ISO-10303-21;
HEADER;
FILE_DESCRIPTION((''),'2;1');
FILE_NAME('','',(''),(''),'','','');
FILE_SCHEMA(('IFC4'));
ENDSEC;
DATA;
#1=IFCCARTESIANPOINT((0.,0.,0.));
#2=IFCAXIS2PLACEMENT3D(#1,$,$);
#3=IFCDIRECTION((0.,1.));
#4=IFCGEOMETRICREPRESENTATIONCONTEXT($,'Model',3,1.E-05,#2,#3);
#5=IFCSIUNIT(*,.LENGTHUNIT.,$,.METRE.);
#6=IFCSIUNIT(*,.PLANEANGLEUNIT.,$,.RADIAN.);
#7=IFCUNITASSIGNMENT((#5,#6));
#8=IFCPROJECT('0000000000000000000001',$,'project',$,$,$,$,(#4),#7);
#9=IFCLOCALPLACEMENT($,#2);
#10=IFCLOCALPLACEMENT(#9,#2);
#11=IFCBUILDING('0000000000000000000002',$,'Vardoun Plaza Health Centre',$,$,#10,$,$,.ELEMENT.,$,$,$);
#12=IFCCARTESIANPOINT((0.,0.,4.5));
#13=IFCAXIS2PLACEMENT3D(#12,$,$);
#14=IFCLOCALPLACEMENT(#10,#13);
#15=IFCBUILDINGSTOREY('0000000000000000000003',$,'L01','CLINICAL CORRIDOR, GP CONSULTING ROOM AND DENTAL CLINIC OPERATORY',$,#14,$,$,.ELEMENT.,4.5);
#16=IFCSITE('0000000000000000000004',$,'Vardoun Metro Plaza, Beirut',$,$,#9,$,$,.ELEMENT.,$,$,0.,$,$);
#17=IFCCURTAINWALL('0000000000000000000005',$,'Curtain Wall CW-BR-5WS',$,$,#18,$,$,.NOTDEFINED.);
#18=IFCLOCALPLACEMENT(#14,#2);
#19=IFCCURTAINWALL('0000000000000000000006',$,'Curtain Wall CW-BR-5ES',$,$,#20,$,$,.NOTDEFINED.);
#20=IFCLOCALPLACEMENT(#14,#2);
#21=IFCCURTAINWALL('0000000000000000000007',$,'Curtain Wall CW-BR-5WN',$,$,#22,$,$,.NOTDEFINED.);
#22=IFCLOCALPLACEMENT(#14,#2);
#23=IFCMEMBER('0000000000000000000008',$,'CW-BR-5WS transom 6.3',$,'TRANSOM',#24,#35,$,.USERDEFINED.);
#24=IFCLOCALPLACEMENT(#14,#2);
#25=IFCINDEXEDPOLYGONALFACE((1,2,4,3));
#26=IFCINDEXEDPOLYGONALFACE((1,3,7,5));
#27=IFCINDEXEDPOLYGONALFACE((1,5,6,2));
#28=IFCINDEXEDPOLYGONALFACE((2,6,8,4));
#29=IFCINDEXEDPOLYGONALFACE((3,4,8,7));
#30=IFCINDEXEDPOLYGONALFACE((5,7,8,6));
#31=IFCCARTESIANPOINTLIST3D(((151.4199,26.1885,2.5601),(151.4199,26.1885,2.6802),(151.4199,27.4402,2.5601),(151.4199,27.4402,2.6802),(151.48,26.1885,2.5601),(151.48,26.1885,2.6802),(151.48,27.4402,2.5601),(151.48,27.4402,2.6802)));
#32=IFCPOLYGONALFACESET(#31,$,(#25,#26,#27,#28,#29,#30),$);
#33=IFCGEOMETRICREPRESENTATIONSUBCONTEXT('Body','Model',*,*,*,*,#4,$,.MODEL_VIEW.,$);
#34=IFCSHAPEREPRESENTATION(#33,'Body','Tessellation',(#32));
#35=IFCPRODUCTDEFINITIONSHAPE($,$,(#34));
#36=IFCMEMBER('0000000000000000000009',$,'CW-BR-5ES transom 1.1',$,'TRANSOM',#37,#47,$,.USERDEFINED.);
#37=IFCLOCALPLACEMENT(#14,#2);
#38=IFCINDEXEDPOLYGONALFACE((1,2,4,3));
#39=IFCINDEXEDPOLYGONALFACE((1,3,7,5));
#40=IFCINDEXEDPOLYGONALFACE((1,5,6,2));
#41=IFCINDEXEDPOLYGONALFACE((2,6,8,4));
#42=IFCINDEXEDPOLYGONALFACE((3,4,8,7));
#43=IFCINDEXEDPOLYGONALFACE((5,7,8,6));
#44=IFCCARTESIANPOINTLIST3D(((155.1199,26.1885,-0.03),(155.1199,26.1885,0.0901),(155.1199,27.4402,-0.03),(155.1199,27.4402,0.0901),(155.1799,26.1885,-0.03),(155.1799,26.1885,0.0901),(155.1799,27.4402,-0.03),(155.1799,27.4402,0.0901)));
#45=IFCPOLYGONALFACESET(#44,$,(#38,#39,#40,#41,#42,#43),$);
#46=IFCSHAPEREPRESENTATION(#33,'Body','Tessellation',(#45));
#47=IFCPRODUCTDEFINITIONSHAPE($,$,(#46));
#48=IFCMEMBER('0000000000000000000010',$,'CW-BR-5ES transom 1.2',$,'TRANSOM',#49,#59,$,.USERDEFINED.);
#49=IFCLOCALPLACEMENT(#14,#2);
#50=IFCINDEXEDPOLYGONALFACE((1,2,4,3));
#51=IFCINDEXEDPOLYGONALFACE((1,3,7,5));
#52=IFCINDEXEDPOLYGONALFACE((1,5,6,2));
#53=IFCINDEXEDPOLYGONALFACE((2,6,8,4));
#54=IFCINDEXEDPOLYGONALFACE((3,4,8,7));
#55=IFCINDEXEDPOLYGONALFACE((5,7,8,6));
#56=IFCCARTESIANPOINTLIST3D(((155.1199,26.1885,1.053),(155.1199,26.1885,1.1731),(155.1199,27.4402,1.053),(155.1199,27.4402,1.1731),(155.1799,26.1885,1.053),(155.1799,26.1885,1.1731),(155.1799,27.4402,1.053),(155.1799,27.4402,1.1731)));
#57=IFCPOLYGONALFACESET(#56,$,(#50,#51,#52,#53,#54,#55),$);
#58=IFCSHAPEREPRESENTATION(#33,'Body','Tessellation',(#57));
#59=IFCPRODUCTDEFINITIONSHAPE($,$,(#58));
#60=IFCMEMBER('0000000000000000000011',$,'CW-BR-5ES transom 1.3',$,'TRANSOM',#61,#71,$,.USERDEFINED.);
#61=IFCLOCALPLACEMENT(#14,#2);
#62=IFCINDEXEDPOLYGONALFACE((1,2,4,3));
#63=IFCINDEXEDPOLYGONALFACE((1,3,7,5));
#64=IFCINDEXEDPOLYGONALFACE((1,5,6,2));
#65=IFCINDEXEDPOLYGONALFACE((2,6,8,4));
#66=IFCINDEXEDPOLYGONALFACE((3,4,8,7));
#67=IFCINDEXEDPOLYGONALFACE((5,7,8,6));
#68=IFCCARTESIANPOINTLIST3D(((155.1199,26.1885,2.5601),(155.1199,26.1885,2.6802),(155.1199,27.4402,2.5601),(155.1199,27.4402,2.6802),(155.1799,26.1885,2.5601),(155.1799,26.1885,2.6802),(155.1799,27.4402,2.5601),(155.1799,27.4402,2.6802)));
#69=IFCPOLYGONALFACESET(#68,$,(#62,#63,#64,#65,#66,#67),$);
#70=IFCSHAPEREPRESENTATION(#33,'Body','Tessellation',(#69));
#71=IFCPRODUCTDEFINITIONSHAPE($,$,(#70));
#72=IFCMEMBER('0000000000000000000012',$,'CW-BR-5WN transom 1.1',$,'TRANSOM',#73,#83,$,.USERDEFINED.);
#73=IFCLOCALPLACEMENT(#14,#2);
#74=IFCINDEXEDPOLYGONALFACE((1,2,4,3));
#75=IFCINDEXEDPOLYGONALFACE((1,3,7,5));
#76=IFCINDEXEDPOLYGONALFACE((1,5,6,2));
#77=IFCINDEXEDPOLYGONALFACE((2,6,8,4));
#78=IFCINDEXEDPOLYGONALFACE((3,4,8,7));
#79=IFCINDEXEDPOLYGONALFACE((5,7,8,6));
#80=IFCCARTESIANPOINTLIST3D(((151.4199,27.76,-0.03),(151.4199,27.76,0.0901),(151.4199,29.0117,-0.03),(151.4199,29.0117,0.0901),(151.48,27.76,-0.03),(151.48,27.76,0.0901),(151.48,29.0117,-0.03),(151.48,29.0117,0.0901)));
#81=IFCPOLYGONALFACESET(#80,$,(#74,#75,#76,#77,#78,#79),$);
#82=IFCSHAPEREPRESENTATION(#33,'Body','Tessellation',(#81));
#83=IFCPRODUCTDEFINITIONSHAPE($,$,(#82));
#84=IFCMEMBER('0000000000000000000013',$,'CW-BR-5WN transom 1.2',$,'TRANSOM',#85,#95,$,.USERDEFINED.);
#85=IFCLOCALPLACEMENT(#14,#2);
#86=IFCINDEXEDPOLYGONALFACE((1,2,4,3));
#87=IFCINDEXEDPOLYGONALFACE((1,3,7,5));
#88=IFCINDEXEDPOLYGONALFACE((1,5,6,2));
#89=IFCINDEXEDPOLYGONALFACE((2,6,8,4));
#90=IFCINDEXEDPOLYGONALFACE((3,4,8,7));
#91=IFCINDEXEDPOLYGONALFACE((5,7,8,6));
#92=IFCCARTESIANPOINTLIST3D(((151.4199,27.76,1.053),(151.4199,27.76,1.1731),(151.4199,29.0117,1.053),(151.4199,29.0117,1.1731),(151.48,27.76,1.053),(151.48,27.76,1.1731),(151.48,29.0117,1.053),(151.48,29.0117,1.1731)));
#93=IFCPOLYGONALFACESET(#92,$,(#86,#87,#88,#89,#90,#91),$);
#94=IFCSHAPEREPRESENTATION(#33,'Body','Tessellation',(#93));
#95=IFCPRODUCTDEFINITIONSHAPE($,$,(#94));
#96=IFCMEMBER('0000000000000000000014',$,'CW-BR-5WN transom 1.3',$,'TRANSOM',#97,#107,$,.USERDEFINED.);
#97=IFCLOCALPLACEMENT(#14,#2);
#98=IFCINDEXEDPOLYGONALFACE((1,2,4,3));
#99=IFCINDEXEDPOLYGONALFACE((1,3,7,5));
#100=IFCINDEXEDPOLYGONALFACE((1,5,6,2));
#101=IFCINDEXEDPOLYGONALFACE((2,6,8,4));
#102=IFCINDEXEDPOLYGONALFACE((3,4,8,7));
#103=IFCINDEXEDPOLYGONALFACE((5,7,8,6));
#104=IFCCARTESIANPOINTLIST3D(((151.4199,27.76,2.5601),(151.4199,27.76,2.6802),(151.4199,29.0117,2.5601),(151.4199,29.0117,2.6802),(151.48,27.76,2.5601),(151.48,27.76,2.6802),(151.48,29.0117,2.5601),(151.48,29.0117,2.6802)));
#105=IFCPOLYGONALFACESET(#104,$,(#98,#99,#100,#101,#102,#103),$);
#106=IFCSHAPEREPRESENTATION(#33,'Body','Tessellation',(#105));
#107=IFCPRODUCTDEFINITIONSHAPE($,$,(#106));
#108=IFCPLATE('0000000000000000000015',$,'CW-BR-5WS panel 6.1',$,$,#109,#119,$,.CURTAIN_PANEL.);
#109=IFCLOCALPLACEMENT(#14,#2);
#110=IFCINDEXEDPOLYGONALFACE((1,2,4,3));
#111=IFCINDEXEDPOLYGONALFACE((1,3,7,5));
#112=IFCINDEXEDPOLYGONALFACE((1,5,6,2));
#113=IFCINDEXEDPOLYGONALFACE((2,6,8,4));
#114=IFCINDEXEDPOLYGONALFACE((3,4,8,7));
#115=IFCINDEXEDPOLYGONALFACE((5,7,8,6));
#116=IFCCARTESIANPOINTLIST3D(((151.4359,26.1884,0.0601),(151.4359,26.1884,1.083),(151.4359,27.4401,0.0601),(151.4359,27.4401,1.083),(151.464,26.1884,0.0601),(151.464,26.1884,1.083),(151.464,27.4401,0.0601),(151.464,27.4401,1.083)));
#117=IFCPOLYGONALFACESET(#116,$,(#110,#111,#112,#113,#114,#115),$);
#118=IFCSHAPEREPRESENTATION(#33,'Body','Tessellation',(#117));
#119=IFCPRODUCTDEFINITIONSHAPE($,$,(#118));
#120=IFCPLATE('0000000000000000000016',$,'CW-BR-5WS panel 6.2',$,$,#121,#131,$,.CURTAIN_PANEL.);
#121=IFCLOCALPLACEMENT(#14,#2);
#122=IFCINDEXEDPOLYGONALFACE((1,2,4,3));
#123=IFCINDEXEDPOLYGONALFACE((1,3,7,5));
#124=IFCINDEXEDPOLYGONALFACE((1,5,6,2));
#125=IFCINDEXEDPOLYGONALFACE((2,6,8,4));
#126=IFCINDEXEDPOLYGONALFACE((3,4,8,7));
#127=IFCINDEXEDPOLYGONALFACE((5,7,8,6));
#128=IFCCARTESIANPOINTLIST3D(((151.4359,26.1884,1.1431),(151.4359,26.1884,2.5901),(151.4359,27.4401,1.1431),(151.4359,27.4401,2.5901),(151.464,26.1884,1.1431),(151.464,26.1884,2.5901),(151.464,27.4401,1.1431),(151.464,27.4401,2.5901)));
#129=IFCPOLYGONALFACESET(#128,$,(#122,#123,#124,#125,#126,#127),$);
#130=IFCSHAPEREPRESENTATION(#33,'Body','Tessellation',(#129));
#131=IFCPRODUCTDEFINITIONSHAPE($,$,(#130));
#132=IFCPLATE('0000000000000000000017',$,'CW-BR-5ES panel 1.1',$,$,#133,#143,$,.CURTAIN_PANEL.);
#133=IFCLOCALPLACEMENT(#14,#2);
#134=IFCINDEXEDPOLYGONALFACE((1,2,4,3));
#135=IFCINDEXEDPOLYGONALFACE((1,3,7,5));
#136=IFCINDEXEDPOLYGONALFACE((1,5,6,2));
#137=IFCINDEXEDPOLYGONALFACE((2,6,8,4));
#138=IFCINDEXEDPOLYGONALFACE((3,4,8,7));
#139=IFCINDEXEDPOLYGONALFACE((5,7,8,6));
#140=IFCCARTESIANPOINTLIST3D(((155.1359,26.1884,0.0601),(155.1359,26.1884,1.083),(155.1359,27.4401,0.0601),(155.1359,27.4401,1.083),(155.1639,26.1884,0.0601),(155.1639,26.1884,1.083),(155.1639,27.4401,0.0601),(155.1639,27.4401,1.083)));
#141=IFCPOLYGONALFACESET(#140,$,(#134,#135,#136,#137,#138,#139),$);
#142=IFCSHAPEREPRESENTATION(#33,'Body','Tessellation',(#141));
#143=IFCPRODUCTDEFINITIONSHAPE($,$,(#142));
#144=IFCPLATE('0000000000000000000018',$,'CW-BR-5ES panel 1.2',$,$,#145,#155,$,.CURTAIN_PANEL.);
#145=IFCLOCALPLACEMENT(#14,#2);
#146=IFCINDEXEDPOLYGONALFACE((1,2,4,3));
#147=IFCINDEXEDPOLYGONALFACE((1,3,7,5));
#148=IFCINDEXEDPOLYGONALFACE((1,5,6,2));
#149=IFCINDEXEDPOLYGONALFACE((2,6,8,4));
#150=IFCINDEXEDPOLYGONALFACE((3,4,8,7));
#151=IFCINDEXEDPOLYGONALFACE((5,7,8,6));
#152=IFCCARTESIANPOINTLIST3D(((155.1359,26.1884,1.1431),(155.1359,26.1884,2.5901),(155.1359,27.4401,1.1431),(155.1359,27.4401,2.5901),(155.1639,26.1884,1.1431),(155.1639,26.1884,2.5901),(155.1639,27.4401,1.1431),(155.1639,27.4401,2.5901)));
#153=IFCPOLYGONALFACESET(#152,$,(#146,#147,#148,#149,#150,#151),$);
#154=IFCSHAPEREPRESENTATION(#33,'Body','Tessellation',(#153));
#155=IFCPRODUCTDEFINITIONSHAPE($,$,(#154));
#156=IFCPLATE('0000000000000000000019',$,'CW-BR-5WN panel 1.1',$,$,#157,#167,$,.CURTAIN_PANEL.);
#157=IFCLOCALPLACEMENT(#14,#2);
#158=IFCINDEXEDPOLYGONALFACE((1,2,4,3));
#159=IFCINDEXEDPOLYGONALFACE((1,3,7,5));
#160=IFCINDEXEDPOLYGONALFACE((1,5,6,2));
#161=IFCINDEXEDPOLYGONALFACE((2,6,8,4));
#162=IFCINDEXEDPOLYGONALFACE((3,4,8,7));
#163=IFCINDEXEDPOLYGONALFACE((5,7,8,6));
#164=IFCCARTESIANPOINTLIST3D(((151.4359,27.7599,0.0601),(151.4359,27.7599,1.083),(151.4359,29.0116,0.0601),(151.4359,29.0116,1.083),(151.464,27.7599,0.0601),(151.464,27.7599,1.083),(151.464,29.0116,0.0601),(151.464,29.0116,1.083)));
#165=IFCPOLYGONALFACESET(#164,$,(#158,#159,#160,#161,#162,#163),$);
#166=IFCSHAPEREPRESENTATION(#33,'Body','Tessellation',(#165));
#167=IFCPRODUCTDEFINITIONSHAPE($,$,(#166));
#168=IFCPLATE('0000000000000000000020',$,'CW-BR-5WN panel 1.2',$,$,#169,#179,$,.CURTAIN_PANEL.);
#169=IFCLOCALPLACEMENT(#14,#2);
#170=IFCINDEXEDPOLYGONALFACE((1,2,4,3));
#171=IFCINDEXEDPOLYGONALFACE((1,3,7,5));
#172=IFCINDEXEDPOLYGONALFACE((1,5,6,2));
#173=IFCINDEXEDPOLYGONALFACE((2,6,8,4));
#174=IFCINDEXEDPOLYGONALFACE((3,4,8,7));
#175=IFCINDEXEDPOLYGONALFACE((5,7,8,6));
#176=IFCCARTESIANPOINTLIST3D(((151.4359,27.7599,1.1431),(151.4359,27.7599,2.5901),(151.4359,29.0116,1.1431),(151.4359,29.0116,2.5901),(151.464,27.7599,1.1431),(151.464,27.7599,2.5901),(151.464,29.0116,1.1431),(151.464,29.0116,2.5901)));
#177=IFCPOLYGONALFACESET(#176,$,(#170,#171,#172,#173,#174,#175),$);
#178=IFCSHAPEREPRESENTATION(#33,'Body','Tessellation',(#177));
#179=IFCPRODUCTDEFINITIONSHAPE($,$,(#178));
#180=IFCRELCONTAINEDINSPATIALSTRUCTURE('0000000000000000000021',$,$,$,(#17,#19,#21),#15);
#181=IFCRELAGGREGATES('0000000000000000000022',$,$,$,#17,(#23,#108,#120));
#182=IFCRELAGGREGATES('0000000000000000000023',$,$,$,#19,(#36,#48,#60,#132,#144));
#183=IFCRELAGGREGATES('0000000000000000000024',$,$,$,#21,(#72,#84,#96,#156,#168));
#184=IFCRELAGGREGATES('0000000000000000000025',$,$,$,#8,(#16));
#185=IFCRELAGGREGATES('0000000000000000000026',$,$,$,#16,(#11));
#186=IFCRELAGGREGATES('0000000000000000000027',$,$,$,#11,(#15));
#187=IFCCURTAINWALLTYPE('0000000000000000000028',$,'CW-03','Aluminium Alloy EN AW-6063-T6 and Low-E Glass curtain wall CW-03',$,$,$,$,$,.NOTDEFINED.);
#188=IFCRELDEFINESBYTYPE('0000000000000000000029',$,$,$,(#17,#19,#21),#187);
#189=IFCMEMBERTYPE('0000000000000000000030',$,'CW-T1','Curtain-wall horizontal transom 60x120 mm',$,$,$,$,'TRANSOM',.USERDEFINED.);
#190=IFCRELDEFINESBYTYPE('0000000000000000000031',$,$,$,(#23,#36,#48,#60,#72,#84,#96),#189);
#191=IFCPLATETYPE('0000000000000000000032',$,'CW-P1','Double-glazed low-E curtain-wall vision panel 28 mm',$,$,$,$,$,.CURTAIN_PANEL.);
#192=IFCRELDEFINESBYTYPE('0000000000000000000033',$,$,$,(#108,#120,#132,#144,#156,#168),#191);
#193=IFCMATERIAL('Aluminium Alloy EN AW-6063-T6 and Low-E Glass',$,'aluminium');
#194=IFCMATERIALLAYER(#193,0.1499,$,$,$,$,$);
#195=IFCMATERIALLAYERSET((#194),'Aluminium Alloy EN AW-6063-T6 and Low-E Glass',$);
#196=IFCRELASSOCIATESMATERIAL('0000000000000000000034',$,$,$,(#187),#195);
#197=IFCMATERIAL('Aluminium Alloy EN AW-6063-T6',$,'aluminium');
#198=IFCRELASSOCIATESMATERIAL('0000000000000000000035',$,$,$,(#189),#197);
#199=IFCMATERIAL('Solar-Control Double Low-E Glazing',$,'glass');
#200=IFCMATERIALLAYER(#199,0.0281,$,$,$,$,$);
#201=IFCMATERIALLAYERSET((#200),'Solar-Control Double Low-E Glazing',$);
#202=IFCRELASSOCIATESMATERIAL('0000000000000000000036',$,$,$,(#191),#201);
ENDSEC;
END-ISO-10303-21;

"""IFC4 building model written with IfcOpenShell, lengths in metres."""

from ifc_helpers import new_model, si_unit, direction, frame, origin, origin_2d, place, context, subcontext, project, spatial, rectangle, extrude, material, layer, layer_set, material_profile, profile_set, type_object, element, aggregate, save


model = new_model("IFC4")

# Units and contexts
model_context = context("Model", 3, precision=1e-05, world=origin(), true_north=direction((0.0, 1.0)))
body_context = subcontext(model_context, "Body", "Model", "MODEL_VIEW")
ifc_project = project(units=[si_unit("LENGTHUNIT", "METRE"), si_unit("PLANEANGLEUNIT", "RADIAN")], contexts=[model_context])

# Site, building, storey
site_placement = place(None, origin())
site = spatial("IfcSite", under=ifc_project, at=site_placement, Name="Vardoun Metro Plaza, Beirut", CompositionType="ELEMENT", RefElevation=0.0)
building_placement = place(site_placement, origin())
building = spatial("IfcBuilding", under=site, at=building_placement, Name="Vardoun Plaza Health Centre", CompositionType="ELEMENT")
storey_placement = place(building_placement, frame((0.0, 0.0, 4.5)))
storey = spatial("IfcBuildingStorey", under=building, at=storey_placement, Name="L01", Description="CLINICAL CORRIDOR, GP CONSULTING ROOM AND DENTAL CLINIC OPERATORY", CompositionType="ELEMENT", Elevation=4.5)

# Curtain wall
ifc_material_1 = material(Name="Aluminium Alloy EN AW-6063-T6 and Low-E Glass", Category="aluminium")
ifc_layer_1 = layer(ifc_material_1, 0.1499)
ifc_layer_set_1 = layer_set([ifc_layer_1], Name="Aluminium Alloy EN AW-6063-T6 and Low-E Glass")
curtain_wall_type = type_object("IfcCurtainWallType", Name="CW-03", Description="Aluminium Alloy EN AW-6063-T6 and Low-E Glass curtain wall CW-03", PredefinedType="NOTDEFINED", material=ifc_layer_set_1)
curtain_wall_1_placement = place(storey_placement, origin())
curtain_wall_1 = element("IfcCurtainWall", 1, at=curtain_wall_1_placement, inside=storey, type_object=curtain_wall_type, Name="Curtain Wall CW-BR-5WS", PredefinedType="NOTDEFINED")

# Curtain wall
curtain_wall_2_placement = place(storey_placement, origin())
curtain_wall_2 = element("IfcCurtainWall", 2, at=curtain_wall_2_placement, inside=storey, type_object=curtain_wall_type, Name="Curtain Wall CW-BR-5ES", PredefinedType="NOTDEFINED")

# Curtain wall
curtain_wall_3_placement = place(storey_placement, origin())
curtain_wall_3 = element("IfcCurtainWall", 3, at=curtain_wall_3_placement, inside=storey, type_object=curtain_wall_type, Name="Curtain Wall CW-BR-5WN", PredefinedType="NOTDEFINED")

# Members
ifc_material_2 = material(Name="Aluminium Alloy EN AW-6063-T6", Category="aluminium")
ifc_material_profile_1 = material_profile(ifc_material_2, rectangle(XDim=0.0601, YDim=0.1201, at=origin_2d()), Name="CWT 60x120")
ifc_profile_set_1 = profile_set([ifc_material_profile_1], Name="Aluminium Alloy EN AW-6063-T6")
member_type_1 = type_object("IfcMemberType", Name="CW-T1", Description="Curtain-wall horizontal transom 60x120 mm", ElementType="TRANSOM", PredefinedType="USERDEFINED", material=ifc_profile_set_1)
member_1_placement = place(storey_placement, frame((151.45, 26.1885, 2.6201), z_axis=(0.0, 1.0, 0.0), x_axis=(-1.0, 0.0, 0.0)))
member_1 = element("IfcMember", 4, at=member_1_placement, type_object=member_type_1, Name="CW-BR-5WS transom 6.3", ObjectType="TRANSOM", PredefinedType="USERDEFINED", context=body_context, shape_type="SweptSolid", body=[
    extrude(rectangle(XDim=0.0601, YDim=0.1201, at=origin_2d()), origin(), (0.0, 0.0, 1.0), 1.2517),
])
member_2_placement = place(storey_placement, frame((155.1499, 27.4402, 0.03), z_axis=(0.0, -1.0, 0.0), x_axis=(1.0, 0.0, 0.0)))
member_2 = element("IfcMember", 5, at=member_2_placement, type_object=member_type_1, Name="CW-BR-5ES transom 1.1", ObjectType="TRANSOM", PredefinedType="USERDEFINED", context=body_context, shape_type="SweptSolid", body=[
    extrude(rectangle(XDim=0.0601, YDim=0.1201, at=origin_2d()), origin(), (0.0, 0.0, 1.0), 1.2517),
])
member_3_placement = place(storey_placement, frame((155.1499, 27.4402, 1.113), z_axis=(0.0, -1.0, 0.0), x_axis=(1.0, 0.0, 0.0)))
member_3 = element("IfcMember", 6, at=member_3_placement, type_object=member_type_1, Name="CW-BR-5ES transom 1.2", ObjectType="TRANSOM", PredefinedType="USERDEFINED", context=body_context, shape_type="SweptSolid", body=[
    extrude(rectangle(XDim=0.0601, YDim=0.1201, at=origin_2d()), origin(), (0.0, 0.0, 1.0), 1.2517),
])
member_4_placement = place(storey_placement, frame((155.1499, 27.4402, 2.6201), z_axis=(0.0, -1.0, 0.0), x_axis=(1.0, 0.0, 0.0)))
member_4 = element("IfcMember", 7, at=member_4_placement, type_object=member_type_1, Name="CW-BR-5ES transom 1.3", ObjectType="TRANSOM", PredefinedType="USERDEFINED", context=body_context, shape_type="SweptSolid", body=[
    extrude(rectangle(XDim=0.0601, YDim=0.1201, at=origin_2d()), origin(), (0.0, 0.0, 1.0), 1.2517),
])
member_5_placement = place(storey_placement, frame((151.45, 27.76, 0.03), z_axis=(0.0, 1.0, 0.0), x_axis=(-1.0, 0.0, 0.0)))
member_5 = element("IfcMember", 8, at=member_5_placement, type_object=member_type_1, Name="CW-BR-5WN transom 1.1", ObjectType="TRANSOM", PredefinedType="USERDEFINED", context=body_context, shape_type="SweptSolid", body=[
    extrude(rectangle(XDim=0.0601, YDim=0.1201, at=origin_2d()), origin(), (0.0, 0.0, 1.0), 1.2517),
])
member_6_placement = place(storey_placement, frame((151.45, 27.76, 1.113), z_axis=(0.0, 1.0, 0.0), x_axis=(-1.0, 0.0, 0.0)))
member_6 = element("IfcMember", 9, at=member_6_placement, type_object=member_type_1, Name="CW-BR-5WN transom 1.2", ObjectType="TRANSOM", PredefinedType="USERDEFINED", context=body_context, shape_type="SweptSolid", body=[
    extrude(rectangle(XDim=0.0601, YDim=0.1201, at=origin_2d()), origin(), (0.0, 0.0, 1.0), 1.2517),
])
member_7_placement = place(storey_placement, frame((151.45, 27.76, 2.6201), z_axis=(0.0, 1.0, 0.0), x_axis=(-1.0, 0.0, 0.0)))
member_7 = element("IfcMember", 10, at=member_7_placement, type_object=member_type_1, Name="CW-BR-5WN transom 1.3", ObjectType="TRANSOM", PredefinedType="USERDEFINED", context=body_context, shape_type="SweptSolid", body=[
    extrude(rectangle(XDim=0.0601, YDim=0.1201, at=origin_2d()), origin(), (0.0, 0.0, 1.0), 1.2517),
])

# Plates
ifc_material_3 = material(Name="Solar-Control Double Low-E Glazing", Category="glass")
ifc_layer_2 = layer(ifc_material_3, 0.0281)
ifc_layer_set_2 = layer_set([ifc_layer_2], Name="Solar-Control Double Low-E Glazing")
plate_type = type_object("IfcPlateType", Name="CW-P1", Description="Double-glazed low-E curtain-wall vision panel 28 mm", PredefinedType="CURTAIN_PANEL", material=ifc_layer_set_2)
plate_1_placement = place(storey_placement, frame((151.45, 26.8142, 0.0601), z_axis=(0.0, 0.0, 1.0), x_axis=(0.0, 1.0, 0.0)))
plate_1 = element("IfcPlate", 11, at=plate_1_placement, type_object=plate_type, Name="CW-BR-5WS panel 6.1", PredefinedType="CURTAIN_PANEL", context=body_context, shape_type="SweptSolid", body=[
    extrude(rectangle(XDim=1.2517, YDim=0.0281, at=origin_2d()), origin(), (0.0, 0.0, 1.0), 1.0229),
])
plate_2_placement = place(storey_placement, frame((151.45, 26.8142, 1.1431), z_axis=(0.0, 0.0, 1.0), x_axis=(0.0, 1.0, 0.0)))
plate_2 = element("IfcPlate", 12, at=plate_2_placement, type_object=plate_type, Name="CW-BR-5WS panel 6.2", PredefinedType="CURTAIN_PANEL", context=body_context, shape_type="SweptSolid", body=[
    extrude(rectangle(XDim=1.2517, YDim=0.0281, at=origin_2d()), origin(), (0.0, 0.0, 1.0), 1.447),
])
aggregate(curtain_wall_1, [member_1, plate_1, plate_2])
plate_3_placement = place(storey_placement, frame((155.1499, 26.8142, 0.0601), z_axis=(0.0, 0.0, 1.0), x_axis=(0.0, -1.0, 0.0)))
plate_3 = element("IfcPlate", 13, at=plate_3_placement, type_object=plate_type, Name="CW-BR-5ES panel 1.1", PredefinedType="CURTAIN_PANEL", context=body_context, shape_type="SweptSolid", body=[
    extrude(rectangle(XDim=1.2517, YDim=0.0281, at=origin_2d()), origin(), (0.0, 0.0, 1.0), 1.0229),
])
plate_4_placement = place(storey_placement, frame((155.1499, 26.8142, 1.1431), z_axis=(0.0, 0.0, 1.0), x_axis=(0.0, -1.0, 0.0)))
plate_4 = element("IfcPlate", 14, at=plate_4_placement, type_object=plate_type, Name="CW-BR-5ES panel 1.2", PredefinedType="CURTAIN_PANEL", context=body_context, shape_type="SweptSolid", body=[
    extrude(rectangle(XDim=1.2517, YDim=0.0281, at=origin_2d()), origin(), (0.0, 0.0, 1.0), 1.447),
])
aggregate(curtain_wall_2, [member_2, member_3, member_4, plate_3, plate_4])
plate_5_placement = place(storey_placement, frame((151.45, 28.3857, 0.0601), z_axis=(0.0, 0.0, 1.0), x_axis=(0.0, 1.0, 0.0)))
plate_5 = element("IfcPlate", 15, at=plate_5_placement, type_object=plate_type, Name="CW-BR-5WN panel 1.1", PredefinedType="CURTAIN_PANEL", context=body_context, shape_type="SweptSolid", body=[
    extrude(rectangle(XDim=1.2517, YDim=0.0281, at=origin_2d()), origin(), (0.0, 0.0, 1.0), 1.0229),
])
plate_6_placement = place(storey_placement, frame((151.45, 28.3857, 1.1431), z_axis=(0.0, 0.0, 1.0), x_axis=(0.0, 1.0, 0.0)))
plate_6 = element("IfcPlate", 16, at=plate_6_placement, type_object=plate_type, Name="CW-BR-5WN panel 1.2", PredefinedType="CURTAIN_PANEL", context=body_context, shape_type="SweptSolid", body=[
    extrude(rectangle(XDim=1.2517, YDim=0.0281, at=origin_2d()), origin(), (0.0, 0.0, 1.0), 1.447),
])
aggregate(curtain_wall_3, [member_5, member_6, member_7, plate_5, plate_6])

save(model, "model.ifc")
